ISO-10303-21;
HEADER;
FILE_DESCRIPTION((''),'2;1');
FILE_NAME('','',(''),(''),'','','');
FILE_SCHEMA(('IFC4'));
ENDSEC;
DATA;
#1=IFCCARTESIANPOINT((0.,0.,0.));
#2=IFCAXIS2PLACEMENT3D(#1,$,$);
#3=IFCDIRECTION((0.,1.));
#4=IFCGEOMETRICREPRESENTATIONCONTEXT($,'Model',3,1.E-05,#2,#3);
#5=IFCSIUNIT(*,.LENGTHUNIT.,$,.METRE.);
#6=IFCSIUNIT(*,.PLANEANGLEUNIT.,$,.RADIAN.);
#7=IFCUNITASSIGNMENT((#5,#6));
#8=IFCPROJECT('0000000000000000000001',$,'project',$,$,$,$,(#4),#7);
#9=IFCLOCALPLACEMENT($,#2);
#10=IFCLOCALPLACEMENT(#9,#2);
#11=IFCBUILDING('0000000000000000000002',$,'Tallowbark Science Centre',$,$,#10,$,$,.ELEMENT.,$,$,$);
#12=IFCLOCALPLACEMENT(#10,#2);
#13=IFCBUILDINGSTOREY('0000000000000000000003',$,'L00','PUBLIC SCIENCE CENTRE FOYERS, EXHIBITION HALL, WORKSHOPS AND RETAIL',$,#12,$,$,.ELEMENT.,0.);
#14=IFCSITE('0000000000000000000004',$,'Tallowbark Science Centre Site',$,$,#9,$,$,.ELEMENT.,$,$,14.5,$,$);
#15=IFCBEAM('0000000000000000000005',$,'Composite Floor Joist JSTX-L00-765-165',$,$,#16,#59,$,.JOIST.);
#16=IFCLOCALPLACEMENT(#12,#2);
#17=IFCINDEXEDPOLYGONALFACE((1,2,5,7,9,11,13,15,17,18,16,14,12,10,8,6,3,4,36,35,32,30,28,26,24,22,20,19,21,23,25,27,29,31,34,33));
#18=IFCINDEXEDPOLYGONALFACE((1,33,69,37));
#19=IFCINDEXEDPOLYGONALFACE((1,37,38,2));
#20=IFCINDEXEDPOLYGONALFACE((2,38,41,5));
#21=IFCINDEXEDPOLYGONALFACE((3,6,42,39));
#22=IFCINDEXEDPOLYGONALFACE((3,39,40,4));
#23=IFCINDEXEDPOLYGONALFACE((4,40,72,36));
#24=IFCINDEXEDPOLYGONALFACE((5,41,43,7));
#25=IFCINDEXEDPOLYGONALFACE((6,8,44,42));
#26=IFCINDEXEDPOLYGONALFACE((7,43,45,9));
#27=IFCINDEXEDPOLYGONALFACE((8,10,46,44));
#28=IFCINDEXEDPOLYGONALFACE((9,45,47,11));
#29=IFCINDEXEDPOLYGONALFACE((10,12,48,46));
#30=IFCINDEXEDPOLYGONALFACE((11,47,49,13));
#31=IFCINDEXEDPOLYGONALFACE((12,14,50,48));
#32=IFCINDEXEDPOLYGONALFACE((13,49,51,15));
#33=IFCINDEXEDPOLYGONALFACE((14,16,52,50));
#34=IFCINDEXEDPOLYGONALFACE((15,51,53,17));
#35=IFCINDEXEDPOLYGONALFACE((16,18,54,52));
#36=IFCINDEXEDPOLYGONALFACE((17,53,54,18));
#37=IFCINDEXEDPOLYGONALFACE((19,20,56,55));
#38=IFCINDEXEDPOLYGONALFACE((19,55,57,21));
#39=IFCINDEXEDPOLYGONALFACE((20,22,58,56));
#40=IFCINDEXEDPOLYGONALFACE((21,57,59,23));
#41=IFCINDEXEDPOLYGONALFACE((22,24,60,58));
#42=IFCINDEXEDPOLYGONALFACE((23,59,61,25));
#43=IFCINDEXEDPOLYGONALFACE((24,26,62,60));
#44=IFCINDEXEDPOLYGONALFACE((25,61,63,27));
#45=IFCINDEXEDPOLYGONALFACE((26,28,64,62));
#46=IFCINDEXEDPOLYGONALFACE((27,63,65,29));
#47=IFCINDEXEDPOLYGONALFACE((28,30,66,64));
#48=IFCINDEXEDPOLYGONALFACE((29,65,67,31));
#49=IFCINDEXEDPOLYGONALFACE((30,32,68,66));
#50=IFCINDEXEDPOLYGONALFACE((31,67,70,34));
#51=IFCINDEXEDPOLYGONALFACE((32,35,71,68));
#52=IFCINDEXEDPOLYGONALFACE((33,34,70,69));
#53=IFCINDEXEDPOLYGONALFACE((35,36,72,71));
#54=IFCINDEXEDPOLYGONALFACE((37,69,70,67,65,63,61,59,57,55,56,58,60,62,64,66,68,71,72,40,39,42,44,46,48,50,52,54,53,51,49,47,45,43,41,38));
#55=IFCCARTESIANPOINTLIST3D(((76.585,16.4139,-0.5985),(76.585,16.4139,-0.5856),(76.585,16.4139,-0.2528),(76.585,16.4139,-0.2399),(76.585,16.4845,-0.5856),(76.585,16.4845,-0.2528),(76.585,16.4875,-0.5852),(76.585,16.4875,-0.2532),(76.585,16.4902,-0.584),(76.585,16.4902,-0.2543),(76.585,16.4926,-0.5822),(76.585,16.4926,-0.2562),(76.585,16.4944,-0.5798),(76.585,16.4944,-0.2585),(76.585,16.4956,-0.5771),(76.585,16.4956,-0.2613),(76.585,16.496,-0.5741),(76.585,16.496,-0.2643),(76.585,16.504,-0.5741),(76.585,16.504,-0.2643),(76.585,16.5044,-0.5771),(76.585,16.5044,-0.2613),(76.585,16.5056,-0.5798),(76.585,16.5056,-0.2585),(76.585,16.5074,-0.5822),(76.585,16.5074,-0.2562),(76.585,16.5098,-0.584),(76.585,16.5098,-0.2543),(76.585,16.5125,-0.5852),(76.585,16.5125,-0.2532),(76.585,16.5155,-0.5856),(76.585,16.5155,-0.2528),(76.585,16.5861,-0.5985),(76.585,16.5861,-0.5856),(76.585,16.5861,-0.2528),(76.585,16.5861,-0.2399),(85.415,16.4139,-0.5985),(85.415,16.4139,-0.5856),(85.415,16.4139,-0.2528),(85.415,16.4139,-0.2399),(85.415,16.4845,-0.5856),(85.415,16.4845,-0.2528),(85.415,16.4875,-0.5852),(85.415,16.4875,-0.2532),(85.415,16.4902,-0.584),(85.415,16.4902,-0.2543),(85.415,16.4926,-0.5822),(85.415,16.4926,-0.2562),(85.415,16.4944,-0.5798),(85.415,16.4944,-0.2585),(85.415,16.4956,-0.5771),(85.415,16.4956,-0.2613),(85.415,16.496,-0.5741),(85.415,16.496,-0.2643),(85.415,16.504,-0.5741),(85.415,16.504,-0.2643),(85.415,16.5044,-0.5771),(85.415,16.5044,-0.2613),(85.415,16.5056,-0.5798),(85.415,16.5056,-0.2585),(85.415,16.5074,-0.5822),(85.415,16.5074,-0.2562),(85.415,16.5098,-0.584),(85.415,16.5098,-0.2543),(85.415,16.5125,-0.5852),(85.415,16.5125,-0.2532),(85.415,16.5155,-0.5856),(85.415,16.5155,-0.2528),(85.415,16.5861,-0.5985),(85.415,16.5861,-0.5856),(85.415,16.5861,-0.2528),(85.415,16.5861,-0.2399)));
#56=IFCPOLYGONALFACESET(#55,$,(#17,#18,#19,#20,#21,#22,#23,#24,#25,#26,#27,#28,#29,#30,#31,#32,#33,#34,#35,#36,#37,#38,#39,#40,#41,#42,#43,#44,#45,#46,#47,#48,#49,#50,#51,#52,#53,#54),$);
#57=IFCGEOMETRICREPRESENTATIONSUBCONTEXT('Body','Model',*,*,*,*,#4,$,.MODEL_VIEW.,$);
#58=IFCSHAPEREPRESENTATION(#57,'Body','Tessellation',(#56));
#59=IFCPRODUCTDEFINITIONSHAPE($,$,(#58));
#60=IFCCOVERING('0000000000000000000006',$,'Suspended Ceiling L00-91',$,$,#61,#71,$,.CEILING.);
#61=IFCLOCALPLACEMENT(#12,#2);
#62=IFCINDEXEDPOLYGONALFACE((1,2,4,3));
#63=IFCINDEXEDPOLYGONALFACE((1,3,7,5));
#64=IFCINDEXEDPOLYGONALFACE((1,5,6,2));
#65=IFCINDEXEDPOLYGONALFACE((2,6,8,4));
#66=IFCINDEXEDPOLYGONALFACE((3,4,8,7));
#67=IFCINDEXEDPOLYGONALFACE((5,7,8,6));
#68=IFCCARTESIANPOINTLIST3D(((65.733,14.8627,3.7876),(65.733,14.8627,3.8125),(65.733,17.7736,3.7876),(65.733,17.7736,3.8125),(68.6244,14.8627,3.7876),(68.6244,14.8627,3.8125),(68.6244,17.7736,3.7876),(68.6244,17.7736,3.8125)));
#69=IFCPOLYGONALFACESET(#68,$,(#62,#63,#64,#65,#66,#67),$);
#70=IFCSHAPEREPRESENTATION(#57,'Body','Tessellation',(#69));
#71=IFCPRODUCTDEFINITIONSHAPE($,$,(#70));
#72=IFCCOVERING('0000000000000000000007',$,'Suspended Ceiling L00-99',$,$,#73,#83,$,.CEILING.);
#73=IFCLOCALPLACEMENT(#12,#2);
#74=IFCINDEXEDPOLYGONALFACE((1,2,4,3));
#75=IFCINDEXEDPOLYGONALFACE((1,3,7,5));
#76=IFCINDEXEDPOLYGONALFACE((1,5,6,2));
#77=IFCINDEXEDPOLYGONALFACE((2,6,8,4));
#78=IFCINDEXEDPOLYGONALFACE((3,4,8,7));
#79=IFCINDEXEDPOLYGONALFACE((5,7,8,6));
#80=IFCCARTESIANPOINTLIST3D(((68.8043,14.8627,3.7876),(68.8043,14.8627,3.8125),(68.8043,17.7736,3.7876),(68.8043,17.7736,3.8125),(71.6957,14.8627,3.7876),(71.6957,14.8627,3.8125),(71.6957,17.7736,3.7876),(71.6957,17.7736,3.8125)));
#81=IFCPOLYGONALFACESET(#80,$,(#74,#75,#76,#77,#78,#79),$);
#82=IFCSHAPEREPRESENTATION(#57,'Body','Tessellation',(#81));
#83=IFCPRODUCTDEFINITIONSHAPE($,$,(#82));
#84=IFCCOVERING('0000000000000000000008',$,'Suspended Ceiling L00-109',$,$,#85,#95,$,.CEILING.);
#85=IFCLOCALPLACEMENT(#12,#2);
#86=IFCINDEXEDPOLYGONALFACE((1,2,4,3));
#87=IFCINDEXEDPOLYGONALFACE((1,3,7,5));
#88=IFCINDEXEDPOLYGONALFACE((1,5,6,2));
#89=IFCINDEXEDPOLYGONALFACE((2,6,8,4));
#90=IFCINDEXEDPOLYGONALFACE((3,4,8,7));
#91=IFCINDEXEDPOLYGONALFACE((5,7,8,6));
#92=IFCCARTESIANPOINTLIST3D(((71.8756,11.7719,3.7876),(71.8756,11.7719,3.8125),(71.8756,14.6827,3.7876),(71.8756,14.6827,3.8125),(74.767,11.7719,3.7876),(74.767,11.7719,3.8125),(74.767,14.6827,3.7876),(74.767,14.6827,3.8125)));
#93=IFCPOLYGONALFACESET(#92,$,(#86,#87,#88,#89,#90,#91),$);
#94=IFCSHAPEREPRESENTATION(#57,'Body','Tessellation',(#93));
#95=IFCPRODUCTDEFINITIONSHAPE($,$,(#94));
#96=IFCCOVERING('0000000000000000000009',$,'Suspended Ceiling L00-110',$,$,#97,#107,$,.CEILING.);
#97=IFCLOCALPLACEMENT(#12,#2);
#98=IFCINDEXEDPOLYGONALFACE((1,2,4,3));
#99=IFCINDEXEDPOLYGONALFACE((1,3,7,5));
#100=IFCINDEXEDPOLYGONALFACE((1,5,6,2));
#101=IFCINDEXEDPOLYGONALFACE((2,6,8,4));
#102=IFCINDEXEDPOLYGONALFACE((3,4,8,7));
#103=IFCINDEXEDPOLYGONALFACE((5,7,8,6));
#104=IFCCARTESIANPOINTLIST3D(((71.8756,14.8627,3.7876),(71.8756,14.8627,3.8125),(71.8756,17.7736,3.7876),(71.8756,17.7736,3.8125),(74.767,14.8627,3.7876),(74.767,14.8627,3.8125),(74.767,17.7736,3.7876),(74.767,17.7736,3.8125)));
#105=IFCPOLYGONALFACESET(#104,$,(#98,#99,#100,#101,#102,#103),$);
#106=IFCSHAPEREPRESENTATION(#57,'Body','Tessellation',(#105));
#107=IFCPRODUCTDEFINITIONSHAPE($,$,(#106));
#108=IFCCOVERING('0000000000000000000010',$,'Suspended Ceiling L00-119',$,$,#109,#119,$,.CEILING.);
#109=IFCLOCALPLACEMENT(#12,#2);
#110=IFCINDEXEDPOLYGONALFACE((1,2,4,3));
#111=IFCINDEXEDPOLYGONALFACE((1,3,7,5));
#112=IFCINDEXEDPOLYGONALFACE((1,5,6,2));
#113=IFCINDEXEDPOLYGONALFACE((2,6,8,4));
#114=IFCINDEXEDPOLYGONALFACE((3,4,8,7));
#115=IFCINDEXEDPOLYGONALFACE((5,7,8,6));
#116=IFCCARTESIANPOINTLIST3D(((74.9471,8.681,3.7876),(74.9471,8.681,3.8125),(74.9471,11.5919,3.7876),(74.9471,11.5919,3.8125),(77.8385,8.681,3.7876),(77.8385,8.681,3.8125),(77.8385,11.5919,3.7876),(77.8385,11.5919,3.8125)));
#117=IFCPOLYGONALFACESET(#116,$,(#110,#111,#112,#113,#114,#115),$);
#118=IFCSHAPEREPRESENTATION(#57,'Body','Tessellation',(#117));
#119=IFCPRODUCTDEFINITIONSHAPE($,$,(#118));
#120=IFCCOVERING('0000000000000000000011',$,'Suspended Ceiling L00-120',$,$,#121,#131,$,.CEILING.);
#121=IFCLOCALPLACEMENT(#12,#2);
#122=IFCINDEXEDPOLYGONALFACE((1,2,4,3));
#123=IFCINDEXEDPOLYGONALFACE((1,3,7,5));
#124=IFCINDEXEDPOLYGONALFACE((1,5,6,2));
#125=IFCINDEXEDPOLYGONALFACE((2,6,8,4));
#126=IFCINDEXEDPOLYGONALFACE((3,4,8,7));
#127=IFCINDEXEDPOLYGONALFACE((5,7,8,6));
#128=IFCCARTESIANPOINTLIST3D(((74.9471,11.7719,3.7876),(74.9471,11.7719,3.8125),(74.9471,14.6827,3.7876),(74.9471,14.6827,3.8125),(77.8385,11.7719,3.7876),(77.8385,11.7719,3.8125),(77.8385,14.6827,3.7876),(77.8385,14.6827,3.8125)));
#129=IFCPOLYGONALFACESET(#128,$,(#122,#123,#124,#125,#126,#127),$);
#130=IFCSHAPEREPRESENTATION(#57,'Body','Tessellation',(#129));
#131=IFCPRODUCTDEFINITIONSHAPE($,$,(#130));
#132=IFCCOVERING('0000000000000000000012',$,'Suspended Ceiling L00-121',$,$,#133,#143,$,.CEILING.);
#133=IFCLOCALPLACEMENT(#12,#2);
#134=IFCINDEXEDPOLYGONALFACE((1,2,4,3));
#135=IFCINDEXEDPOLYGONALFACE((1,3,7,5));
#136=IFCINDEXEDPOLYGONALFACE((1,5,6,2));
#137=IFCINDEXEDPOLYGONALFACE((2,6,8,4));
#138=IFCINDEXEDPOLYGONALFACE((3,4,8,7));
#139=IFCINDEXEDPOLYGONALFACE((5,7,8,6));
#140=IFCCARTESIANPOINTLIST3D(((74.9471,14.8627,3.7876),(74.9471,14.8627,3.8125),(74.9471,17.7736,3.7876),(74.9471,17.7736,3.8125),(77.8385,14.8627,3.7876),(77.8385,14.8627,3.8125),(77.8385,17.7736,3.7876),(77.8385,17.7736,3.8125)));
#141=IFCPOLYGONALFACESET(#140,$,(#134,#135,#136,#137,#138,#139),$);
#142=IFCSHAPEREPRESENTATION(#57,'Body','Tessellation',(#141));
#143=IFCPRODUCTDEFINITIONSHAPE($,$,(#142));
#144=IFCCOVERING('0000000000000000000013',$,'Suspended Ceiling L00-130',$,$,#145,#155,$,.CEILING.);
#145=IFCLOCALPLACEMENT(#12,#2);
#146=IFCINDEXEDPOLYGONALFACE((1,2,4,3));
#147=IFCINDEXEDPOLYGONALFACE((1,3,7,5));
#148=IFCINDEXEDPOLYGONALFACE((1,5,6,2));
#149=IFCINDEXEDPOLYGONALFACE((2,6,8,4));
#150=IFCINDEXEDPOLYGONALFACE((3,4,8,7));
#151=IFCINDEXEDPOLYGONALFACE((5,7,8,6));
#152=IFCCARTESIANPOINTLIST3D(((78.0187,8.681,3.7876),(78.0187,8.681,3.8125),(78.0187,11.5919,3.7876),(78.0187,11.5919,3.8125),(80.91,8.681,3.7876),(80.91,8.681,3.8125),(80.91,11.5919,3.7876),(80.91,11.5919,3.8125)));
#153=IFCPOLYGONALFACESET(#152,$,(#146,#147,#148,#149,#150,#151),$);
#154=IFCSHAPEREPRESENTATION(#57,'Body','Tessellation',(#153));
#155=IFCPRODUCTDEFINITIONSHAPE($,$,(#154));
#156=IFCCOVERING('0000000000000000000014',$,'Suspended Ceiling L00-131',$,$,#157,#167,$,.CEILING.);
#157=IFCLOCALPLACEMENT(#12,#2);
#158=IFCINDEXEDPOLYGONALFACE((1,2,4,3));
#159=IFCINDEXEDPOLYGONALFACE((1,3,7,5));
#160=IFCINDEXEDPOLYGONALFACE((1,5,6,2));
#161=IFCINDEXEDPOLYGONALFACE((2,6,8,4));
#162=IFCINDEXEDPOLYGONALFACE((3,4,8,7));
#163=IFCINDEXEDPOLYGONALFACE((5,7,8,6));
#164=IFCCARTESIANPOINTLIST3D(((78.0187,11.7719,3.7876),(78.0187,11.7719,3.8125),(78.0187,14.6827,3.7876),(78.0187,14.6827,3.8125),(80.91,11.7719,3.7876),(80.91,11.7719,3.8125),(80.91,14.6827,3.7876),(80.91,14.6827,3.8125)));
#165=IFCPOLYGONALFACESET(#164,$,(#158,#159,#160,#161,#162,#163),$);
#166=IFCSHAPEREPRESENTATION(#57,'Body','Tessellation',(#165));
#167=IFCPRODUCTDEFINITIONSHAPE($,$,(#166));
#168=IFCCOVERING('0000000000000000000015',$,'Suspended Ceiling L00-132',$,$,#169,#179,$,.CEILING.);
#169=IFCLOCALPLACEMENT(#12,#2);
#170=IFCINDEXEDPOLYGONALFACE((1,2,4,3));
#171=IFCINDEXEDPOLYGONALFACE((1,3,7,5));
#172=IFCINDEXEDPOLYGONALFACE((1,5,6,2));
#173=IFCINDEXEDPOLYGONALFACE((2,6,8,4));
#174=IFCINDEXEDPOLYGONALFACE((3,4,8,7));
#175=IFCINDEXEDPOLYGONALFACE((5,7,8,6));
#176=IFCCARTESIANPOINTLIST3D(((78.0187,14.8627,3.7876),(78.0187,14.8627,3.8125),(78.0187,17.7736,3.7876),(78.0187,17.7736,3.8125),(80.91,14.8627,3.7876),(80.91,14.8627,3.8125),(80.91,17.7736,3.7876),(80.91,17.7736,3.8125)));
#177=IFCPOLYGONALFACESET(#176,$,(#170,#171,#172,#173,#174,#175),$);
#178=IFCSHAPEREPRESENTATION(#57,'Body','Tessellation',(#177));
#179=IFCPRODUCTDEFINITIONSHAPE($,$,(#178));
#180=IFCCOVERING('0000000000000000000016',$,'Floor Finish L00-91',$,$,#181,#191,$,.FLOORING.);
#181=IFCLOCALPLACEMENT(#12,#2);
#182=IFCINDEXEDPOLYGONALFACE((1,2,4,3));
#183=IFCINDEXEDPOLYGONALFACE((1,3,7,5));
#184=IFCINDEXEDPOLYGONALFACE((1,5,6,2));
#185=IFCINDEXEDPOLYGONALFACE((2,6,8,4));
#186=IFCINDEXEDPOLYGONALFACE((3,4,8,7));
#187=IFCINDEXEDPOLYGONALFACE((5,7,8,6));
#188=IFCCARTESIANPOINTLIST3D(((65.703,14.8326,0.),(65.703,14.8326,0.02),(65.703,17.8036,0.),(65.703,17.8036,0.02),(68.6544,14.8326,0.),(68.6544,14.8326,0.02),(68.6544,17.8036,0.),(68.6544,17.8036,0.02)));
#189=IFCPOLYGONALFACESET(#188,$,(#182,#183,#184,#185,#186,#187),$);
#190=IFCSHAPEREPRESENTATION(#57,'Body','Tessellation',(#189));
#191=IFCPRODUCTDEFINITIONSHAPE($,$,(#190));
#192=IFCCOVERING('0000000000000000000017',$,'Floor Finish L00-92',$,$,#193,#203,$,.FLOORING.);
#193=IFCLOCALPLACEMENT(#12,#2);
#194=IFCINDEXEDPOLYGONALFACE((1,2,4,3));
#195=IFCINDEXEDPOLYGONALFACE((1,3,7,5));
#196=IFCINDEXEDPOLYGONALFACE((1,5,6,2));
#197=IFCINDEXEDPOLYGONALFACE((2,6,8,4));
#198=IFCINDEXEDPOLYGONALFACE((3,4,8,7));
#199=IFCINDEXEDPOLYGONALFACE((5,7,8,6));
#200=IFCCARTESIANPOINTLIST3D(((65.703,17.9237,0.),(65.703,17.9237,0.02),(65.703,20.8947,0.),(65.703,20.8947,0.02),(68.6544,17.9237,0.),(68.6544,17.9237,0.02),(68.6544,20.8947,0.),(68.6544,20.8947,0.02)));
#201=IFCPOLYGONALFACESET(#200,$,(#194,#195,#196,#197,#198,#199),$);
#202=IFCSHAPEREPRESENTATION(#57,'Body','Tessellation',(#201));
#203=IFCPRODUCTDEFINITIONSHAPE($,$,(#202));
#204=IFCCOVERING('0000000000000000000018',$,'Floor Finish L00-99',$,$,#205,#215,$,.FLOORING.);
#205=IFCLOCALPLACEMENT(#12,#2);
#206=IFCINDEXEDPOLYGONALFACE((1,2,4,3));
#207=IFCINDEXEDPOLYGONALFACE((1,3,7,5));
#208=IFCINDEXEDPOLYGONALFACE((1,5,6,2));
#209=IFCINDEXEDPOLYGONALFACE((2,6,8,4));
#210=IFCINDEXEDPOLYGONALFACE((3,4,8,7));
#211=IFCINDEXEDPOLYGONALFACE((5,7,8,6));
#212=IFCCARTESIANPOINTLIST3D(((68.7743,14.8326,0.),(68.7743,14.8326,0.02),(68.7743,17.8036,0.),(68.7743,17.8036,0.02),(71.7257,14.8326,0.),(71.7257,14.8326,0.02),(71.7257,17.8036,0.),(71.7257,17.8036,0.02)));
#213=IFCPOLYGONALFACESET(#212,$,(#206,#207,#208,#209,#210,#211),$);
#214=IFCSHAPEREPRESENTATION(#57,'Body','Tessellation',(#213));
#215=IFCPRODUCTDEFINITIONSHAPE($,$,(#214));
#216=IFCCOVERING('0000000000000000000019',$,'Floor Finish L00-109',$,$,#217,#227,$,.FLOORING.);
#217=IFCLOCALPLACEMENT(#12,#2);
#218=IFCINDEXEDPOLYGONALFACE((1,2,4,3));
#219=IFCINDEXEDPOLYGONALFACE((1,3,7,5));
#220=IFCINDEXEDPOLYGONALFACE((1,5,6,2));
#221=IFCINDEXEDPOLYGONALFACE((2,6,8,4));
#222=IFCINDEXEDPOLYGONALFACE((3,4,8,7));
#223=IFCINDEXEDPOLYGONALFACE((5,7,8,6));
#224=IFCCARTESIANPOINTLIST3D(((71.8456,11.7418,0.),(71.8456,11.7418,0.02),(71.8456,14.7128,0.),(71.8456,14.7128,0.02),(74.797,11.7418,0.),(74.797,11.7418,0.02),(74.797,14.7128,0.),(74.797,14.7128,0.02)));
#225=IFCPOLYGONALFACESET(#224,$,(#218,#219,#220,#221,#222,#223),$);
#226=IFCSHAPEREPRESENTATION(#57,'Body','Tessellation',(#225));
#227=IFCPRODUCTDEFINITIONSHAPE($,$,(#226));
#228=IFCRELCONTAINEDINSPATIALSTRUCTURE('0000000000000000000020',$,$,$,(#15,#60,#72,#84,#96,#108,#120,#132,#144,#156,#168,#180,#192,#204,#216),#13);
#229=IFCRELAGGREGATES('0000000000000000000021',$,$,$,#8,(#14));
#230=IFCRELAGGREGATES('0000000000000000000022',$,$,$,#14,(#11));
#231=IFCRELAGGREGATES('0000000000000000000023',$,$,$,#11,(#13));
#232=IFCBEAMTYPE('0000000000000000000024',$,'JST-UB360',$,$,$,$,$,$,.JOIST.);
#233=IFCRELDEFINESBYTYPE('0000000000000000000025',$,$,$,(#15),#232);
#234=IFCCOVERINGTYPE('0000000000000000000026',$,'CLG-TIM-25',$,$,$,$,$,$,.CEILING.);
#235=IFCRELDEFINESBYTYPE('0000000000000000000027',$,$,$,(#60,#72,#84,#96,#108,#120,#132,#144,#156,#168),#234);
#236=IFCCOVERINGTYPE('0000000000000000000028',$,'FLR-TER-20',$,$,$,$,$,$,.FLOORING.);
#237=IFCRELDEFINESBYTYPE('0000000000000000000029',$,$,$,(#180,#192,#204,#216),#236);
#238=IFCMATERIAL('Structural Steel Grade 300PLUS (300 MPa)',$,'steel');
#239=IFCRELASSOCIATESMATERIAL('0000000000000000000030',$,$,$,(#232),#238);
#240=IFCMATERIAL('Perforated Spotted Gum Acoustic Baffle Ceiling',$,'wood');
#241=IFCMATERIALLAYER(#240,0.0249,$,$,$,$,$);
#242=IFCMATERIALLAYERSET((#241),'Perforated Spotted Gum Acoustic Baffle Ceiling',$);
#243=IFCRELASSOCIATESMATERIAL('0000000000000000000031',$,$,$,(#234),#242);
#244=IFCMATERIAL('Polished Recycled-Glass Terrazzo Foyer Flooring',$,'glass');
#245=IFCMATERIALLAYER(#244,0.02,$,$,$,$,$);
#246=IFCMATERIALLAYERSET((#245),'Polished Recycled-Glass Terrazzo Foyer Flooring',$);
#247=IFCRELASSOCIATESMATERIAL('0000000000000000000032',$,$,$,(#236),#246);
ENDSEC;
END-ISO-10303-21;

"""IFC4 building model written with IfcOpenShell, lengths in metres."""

from ifc_helpers import new_model, si_unit, direction, frame, origin, origin_2d, place, context, subcontext, project, spatial, rectangle, i_section, extrude, material, layer, layer_set, material_profile, profile_set, type_object, element, save


model = new_model("IFC4")

# Units and contexts
model_context = context("Model", 3, precision=1e-05, world=origin(), true_north=direction((0.0, 1.0)))
body_context = subcontext(model_context, "Body", "Model", "MODEL_VIEW")
ifc_project = project(units=[si_unit("LENGTHUNIT", "METRE"), si_unit("PLANEANGLEUNIT", "RADIAN")], contexts=[model_context])

# Site, building, storey
site_placement = place(None, origin())
site = spatial("IfcSite", under=ifc_project, at=site_placement, Name="Tallowbark Science Centre Site", CompositionType="ELEMENT", RefElevation=14.5)
building_placement = place(site_placement, origin())
building = spatial("IfcBuilding", under=site, at=building_placement, Name="Tallowbark Science Centre", CompositionType="ELEMENT")
storey_placement = place(building_placement, origin())
storey = spatial("IfcBuildingStorey", under=building, at=storey_placement, Name="L00", Description="PUBLIC SCIENCE CENTRE FOYERS, EXHIBITION HALL, WORKSHOPS AND RETAIL", CompositionType="ELEMENT", Elevation=0.0)

# Shared definitions
ifc_material_1 = material(Name="Structural Steel Grade 300PLUS (300 MPa)", Category="steel")

# Beam
ifc_material_profile_1 = material_profile(ifc_material_1, i_section(OverallWidth=0.1721, OverallDepth=0.3586, WebThickness=0.0081, FlangeThickness=0.0129, FilletRadius=0.0115, at=origin_2d()), Name="360UB56.7")
ifc_profile_set_1 = profile_set([ifc_material_profile_1], Name="Structural Steel Grade 300PLUS (300 MPa)")
beam_type_1 = type_object("IfcBeamType", Name="JST-UB360", PredefinedType="JOIST", material=ifc_profile_set_1)
beam_1_placement = place(storey_placement, frame((76.585, 16.5, -0.4192), z_axis=(1.0, 0.0, 0.0), x_axis=(0.0, 1.0, 0.0)))
element("IfcBeam", 1, at=beam_1_placement, inside=storey, type_object=beam_type_1, Name="Composite Floor Joist JSTX-L00-765-165", PredefinedType="JOIST", context=body_context, shape_type="SweptSolid", body=[
    extrude(i_section(OverallWidth=0.1721, OverallDepth=0.3586, WebThickness=0.0081, FlangeThickness=0.0129, FilletRadius=0.0115, at=origin_2d()), origin(), (0.0, 0.0, 1.0), 8.8301),
])

# Coverings
ifc_material_2 = material(Name="Perforated Spotted Gum Acoustic Baffle Ceiling", Category="wood")
ifc_layer_1 = layer(ifc_material_2, 0.0249)
ifc_layer_set_1 = layer_set([ifc_layer_1], Name="Perforated Spotted Gum Acoustic Baffle Ceiling")
covering_type_1 = type_object("IfcCoveringType", Name="CLG-TIM-25", PredefinedType="CEILING", material=ifc_layer_set_1)
for number, where, z_axis, x_axis, name in (
    (2, (67.1787, 16.3181, 3.7876), (0.0, 0.0, 1.0), (1.0, 0.0, 0.0), "Suspended Ceiling L00-91"),
    (3, (70.25, 16.3181, 3.7876), (0.0, 0.0, 1.0), (1.0, 0.0, 0.0), "Suspended Ceiling L00-99"),
    (4, (73.3213, 13.2273, 3.7876), (0.0, 0.0, 1.0), (1.0, 0.0, 0.0), "Suspended Ceiling L00-109"),
    (5, (73.3213, 16.3181, 3.7876), (0.0, 0.0, 1.0), (1.0, 0.0, 0.0), "Suspended Ceiling L00-110"),
    (6, (76.3928, 10.1365, 3.7876), (0.0, 0.0, 1.0), (1.0, 0.0, 0.0), "Suspended Ceiling L00-119"),
    (7, (76.3928, 13.2273, 3.7876), (0.0, 0.0, 1.0), (1.0, 0.0, 0.0), "Suspended Ceiling L00-120"),
    (8, (76.3928, 16.3181, 3.7876), (0.0, 0.0, 1.0), (1.0, 0.0, 0.0), "Suspended Ceiling L00-121"),
    (9, (79.4644, 10.1365, 3.7876), (0.0, 0.0, 1.0), (1.0, 0.0, 0.0), "Suspended Ceiling L00-130"),
    (10, (79.4644, 13.2273, 3.7876), (0.0, 0.0, 1.0), (1.0, 0.0, 0.0), "Suspended Ceiling L00-131"),
    (11, (79.4644, 16.3181, 3.7876), (0.0, 0.0, 1.0), (1.0, 0.0, 0.0), "Suspended Ceiling L00-132"),
):
    element("IfcCovering", number, at=place(storey_placement, frame(where, z_axis=z_axis, x_axis=x_axis)), inside=storey, type_object=covering_type_1, Name=name, PredefinedType="CEILING", context=body_context, shape_type="SweptSolid", body=[
        extrude(rectangle(XDim=2.8914, YDim=2.9109, at=origin_2d()), origin(), (0.0, 0.0, 1.0), 0.0249),
    ])
ifc_material_3 = material(Name="Polished Recycled-Glass Terrazzo Foyer Flooring", Category="glass")
ifc_layer_2 = layer(ifc_material_3, 0.02)
ifc_layer_set_2 = layer_set([ifc_layer_2], Name="Polished Recycled-Glass Terrazzo Foyer Flooring")
covering_type_2 = type_object("IfcCoveringType", Name="FLR-TER-20", PredefinedType="FLOORING", material=ifc_layer_set_2)
for number, where, z_axis, x_axis, name in (
    (12, (67.1787, 16.3181, 0.0), (0.0, 0.0, 1.0), (1.0, 0.0, 0.0), "Floor Finish L00-91"),
    (13, (67.1787, 19.4092, 0.0), (0.0, 0.0, 1.0), (1.0, 0.0, 0.0), "Floor Finish L00-92"),
    (14, (70.25, 16.3181, 0.0), (0.0, 0.0, 1.0), (1.0, 0.0, 0.0), "Floor Finish L00-99"),
    (15, (73.3213, 13.2273, 0.0), (0.0, 0.0, 1.0), (1.0, 0.0, 0.0), "Floor Finish L00-109"),
):
    element("IfcCovering", number, at=place(storey_placement, frame(where, z_axis=z_axis, x_axis=x_axis)), inside=storey, type_object=covering_type_2, Name=name, PredefinedType="FLOORING", context=body_context, shape_type="SweptSolid", body=[
        extrude(rectangle(XDim=2.9514, YDim=2.9709, at=origin_2d()), origin(), (0.0, 0.0, 1.0), 0.02),
    ])

save(model, "model.ifc")
